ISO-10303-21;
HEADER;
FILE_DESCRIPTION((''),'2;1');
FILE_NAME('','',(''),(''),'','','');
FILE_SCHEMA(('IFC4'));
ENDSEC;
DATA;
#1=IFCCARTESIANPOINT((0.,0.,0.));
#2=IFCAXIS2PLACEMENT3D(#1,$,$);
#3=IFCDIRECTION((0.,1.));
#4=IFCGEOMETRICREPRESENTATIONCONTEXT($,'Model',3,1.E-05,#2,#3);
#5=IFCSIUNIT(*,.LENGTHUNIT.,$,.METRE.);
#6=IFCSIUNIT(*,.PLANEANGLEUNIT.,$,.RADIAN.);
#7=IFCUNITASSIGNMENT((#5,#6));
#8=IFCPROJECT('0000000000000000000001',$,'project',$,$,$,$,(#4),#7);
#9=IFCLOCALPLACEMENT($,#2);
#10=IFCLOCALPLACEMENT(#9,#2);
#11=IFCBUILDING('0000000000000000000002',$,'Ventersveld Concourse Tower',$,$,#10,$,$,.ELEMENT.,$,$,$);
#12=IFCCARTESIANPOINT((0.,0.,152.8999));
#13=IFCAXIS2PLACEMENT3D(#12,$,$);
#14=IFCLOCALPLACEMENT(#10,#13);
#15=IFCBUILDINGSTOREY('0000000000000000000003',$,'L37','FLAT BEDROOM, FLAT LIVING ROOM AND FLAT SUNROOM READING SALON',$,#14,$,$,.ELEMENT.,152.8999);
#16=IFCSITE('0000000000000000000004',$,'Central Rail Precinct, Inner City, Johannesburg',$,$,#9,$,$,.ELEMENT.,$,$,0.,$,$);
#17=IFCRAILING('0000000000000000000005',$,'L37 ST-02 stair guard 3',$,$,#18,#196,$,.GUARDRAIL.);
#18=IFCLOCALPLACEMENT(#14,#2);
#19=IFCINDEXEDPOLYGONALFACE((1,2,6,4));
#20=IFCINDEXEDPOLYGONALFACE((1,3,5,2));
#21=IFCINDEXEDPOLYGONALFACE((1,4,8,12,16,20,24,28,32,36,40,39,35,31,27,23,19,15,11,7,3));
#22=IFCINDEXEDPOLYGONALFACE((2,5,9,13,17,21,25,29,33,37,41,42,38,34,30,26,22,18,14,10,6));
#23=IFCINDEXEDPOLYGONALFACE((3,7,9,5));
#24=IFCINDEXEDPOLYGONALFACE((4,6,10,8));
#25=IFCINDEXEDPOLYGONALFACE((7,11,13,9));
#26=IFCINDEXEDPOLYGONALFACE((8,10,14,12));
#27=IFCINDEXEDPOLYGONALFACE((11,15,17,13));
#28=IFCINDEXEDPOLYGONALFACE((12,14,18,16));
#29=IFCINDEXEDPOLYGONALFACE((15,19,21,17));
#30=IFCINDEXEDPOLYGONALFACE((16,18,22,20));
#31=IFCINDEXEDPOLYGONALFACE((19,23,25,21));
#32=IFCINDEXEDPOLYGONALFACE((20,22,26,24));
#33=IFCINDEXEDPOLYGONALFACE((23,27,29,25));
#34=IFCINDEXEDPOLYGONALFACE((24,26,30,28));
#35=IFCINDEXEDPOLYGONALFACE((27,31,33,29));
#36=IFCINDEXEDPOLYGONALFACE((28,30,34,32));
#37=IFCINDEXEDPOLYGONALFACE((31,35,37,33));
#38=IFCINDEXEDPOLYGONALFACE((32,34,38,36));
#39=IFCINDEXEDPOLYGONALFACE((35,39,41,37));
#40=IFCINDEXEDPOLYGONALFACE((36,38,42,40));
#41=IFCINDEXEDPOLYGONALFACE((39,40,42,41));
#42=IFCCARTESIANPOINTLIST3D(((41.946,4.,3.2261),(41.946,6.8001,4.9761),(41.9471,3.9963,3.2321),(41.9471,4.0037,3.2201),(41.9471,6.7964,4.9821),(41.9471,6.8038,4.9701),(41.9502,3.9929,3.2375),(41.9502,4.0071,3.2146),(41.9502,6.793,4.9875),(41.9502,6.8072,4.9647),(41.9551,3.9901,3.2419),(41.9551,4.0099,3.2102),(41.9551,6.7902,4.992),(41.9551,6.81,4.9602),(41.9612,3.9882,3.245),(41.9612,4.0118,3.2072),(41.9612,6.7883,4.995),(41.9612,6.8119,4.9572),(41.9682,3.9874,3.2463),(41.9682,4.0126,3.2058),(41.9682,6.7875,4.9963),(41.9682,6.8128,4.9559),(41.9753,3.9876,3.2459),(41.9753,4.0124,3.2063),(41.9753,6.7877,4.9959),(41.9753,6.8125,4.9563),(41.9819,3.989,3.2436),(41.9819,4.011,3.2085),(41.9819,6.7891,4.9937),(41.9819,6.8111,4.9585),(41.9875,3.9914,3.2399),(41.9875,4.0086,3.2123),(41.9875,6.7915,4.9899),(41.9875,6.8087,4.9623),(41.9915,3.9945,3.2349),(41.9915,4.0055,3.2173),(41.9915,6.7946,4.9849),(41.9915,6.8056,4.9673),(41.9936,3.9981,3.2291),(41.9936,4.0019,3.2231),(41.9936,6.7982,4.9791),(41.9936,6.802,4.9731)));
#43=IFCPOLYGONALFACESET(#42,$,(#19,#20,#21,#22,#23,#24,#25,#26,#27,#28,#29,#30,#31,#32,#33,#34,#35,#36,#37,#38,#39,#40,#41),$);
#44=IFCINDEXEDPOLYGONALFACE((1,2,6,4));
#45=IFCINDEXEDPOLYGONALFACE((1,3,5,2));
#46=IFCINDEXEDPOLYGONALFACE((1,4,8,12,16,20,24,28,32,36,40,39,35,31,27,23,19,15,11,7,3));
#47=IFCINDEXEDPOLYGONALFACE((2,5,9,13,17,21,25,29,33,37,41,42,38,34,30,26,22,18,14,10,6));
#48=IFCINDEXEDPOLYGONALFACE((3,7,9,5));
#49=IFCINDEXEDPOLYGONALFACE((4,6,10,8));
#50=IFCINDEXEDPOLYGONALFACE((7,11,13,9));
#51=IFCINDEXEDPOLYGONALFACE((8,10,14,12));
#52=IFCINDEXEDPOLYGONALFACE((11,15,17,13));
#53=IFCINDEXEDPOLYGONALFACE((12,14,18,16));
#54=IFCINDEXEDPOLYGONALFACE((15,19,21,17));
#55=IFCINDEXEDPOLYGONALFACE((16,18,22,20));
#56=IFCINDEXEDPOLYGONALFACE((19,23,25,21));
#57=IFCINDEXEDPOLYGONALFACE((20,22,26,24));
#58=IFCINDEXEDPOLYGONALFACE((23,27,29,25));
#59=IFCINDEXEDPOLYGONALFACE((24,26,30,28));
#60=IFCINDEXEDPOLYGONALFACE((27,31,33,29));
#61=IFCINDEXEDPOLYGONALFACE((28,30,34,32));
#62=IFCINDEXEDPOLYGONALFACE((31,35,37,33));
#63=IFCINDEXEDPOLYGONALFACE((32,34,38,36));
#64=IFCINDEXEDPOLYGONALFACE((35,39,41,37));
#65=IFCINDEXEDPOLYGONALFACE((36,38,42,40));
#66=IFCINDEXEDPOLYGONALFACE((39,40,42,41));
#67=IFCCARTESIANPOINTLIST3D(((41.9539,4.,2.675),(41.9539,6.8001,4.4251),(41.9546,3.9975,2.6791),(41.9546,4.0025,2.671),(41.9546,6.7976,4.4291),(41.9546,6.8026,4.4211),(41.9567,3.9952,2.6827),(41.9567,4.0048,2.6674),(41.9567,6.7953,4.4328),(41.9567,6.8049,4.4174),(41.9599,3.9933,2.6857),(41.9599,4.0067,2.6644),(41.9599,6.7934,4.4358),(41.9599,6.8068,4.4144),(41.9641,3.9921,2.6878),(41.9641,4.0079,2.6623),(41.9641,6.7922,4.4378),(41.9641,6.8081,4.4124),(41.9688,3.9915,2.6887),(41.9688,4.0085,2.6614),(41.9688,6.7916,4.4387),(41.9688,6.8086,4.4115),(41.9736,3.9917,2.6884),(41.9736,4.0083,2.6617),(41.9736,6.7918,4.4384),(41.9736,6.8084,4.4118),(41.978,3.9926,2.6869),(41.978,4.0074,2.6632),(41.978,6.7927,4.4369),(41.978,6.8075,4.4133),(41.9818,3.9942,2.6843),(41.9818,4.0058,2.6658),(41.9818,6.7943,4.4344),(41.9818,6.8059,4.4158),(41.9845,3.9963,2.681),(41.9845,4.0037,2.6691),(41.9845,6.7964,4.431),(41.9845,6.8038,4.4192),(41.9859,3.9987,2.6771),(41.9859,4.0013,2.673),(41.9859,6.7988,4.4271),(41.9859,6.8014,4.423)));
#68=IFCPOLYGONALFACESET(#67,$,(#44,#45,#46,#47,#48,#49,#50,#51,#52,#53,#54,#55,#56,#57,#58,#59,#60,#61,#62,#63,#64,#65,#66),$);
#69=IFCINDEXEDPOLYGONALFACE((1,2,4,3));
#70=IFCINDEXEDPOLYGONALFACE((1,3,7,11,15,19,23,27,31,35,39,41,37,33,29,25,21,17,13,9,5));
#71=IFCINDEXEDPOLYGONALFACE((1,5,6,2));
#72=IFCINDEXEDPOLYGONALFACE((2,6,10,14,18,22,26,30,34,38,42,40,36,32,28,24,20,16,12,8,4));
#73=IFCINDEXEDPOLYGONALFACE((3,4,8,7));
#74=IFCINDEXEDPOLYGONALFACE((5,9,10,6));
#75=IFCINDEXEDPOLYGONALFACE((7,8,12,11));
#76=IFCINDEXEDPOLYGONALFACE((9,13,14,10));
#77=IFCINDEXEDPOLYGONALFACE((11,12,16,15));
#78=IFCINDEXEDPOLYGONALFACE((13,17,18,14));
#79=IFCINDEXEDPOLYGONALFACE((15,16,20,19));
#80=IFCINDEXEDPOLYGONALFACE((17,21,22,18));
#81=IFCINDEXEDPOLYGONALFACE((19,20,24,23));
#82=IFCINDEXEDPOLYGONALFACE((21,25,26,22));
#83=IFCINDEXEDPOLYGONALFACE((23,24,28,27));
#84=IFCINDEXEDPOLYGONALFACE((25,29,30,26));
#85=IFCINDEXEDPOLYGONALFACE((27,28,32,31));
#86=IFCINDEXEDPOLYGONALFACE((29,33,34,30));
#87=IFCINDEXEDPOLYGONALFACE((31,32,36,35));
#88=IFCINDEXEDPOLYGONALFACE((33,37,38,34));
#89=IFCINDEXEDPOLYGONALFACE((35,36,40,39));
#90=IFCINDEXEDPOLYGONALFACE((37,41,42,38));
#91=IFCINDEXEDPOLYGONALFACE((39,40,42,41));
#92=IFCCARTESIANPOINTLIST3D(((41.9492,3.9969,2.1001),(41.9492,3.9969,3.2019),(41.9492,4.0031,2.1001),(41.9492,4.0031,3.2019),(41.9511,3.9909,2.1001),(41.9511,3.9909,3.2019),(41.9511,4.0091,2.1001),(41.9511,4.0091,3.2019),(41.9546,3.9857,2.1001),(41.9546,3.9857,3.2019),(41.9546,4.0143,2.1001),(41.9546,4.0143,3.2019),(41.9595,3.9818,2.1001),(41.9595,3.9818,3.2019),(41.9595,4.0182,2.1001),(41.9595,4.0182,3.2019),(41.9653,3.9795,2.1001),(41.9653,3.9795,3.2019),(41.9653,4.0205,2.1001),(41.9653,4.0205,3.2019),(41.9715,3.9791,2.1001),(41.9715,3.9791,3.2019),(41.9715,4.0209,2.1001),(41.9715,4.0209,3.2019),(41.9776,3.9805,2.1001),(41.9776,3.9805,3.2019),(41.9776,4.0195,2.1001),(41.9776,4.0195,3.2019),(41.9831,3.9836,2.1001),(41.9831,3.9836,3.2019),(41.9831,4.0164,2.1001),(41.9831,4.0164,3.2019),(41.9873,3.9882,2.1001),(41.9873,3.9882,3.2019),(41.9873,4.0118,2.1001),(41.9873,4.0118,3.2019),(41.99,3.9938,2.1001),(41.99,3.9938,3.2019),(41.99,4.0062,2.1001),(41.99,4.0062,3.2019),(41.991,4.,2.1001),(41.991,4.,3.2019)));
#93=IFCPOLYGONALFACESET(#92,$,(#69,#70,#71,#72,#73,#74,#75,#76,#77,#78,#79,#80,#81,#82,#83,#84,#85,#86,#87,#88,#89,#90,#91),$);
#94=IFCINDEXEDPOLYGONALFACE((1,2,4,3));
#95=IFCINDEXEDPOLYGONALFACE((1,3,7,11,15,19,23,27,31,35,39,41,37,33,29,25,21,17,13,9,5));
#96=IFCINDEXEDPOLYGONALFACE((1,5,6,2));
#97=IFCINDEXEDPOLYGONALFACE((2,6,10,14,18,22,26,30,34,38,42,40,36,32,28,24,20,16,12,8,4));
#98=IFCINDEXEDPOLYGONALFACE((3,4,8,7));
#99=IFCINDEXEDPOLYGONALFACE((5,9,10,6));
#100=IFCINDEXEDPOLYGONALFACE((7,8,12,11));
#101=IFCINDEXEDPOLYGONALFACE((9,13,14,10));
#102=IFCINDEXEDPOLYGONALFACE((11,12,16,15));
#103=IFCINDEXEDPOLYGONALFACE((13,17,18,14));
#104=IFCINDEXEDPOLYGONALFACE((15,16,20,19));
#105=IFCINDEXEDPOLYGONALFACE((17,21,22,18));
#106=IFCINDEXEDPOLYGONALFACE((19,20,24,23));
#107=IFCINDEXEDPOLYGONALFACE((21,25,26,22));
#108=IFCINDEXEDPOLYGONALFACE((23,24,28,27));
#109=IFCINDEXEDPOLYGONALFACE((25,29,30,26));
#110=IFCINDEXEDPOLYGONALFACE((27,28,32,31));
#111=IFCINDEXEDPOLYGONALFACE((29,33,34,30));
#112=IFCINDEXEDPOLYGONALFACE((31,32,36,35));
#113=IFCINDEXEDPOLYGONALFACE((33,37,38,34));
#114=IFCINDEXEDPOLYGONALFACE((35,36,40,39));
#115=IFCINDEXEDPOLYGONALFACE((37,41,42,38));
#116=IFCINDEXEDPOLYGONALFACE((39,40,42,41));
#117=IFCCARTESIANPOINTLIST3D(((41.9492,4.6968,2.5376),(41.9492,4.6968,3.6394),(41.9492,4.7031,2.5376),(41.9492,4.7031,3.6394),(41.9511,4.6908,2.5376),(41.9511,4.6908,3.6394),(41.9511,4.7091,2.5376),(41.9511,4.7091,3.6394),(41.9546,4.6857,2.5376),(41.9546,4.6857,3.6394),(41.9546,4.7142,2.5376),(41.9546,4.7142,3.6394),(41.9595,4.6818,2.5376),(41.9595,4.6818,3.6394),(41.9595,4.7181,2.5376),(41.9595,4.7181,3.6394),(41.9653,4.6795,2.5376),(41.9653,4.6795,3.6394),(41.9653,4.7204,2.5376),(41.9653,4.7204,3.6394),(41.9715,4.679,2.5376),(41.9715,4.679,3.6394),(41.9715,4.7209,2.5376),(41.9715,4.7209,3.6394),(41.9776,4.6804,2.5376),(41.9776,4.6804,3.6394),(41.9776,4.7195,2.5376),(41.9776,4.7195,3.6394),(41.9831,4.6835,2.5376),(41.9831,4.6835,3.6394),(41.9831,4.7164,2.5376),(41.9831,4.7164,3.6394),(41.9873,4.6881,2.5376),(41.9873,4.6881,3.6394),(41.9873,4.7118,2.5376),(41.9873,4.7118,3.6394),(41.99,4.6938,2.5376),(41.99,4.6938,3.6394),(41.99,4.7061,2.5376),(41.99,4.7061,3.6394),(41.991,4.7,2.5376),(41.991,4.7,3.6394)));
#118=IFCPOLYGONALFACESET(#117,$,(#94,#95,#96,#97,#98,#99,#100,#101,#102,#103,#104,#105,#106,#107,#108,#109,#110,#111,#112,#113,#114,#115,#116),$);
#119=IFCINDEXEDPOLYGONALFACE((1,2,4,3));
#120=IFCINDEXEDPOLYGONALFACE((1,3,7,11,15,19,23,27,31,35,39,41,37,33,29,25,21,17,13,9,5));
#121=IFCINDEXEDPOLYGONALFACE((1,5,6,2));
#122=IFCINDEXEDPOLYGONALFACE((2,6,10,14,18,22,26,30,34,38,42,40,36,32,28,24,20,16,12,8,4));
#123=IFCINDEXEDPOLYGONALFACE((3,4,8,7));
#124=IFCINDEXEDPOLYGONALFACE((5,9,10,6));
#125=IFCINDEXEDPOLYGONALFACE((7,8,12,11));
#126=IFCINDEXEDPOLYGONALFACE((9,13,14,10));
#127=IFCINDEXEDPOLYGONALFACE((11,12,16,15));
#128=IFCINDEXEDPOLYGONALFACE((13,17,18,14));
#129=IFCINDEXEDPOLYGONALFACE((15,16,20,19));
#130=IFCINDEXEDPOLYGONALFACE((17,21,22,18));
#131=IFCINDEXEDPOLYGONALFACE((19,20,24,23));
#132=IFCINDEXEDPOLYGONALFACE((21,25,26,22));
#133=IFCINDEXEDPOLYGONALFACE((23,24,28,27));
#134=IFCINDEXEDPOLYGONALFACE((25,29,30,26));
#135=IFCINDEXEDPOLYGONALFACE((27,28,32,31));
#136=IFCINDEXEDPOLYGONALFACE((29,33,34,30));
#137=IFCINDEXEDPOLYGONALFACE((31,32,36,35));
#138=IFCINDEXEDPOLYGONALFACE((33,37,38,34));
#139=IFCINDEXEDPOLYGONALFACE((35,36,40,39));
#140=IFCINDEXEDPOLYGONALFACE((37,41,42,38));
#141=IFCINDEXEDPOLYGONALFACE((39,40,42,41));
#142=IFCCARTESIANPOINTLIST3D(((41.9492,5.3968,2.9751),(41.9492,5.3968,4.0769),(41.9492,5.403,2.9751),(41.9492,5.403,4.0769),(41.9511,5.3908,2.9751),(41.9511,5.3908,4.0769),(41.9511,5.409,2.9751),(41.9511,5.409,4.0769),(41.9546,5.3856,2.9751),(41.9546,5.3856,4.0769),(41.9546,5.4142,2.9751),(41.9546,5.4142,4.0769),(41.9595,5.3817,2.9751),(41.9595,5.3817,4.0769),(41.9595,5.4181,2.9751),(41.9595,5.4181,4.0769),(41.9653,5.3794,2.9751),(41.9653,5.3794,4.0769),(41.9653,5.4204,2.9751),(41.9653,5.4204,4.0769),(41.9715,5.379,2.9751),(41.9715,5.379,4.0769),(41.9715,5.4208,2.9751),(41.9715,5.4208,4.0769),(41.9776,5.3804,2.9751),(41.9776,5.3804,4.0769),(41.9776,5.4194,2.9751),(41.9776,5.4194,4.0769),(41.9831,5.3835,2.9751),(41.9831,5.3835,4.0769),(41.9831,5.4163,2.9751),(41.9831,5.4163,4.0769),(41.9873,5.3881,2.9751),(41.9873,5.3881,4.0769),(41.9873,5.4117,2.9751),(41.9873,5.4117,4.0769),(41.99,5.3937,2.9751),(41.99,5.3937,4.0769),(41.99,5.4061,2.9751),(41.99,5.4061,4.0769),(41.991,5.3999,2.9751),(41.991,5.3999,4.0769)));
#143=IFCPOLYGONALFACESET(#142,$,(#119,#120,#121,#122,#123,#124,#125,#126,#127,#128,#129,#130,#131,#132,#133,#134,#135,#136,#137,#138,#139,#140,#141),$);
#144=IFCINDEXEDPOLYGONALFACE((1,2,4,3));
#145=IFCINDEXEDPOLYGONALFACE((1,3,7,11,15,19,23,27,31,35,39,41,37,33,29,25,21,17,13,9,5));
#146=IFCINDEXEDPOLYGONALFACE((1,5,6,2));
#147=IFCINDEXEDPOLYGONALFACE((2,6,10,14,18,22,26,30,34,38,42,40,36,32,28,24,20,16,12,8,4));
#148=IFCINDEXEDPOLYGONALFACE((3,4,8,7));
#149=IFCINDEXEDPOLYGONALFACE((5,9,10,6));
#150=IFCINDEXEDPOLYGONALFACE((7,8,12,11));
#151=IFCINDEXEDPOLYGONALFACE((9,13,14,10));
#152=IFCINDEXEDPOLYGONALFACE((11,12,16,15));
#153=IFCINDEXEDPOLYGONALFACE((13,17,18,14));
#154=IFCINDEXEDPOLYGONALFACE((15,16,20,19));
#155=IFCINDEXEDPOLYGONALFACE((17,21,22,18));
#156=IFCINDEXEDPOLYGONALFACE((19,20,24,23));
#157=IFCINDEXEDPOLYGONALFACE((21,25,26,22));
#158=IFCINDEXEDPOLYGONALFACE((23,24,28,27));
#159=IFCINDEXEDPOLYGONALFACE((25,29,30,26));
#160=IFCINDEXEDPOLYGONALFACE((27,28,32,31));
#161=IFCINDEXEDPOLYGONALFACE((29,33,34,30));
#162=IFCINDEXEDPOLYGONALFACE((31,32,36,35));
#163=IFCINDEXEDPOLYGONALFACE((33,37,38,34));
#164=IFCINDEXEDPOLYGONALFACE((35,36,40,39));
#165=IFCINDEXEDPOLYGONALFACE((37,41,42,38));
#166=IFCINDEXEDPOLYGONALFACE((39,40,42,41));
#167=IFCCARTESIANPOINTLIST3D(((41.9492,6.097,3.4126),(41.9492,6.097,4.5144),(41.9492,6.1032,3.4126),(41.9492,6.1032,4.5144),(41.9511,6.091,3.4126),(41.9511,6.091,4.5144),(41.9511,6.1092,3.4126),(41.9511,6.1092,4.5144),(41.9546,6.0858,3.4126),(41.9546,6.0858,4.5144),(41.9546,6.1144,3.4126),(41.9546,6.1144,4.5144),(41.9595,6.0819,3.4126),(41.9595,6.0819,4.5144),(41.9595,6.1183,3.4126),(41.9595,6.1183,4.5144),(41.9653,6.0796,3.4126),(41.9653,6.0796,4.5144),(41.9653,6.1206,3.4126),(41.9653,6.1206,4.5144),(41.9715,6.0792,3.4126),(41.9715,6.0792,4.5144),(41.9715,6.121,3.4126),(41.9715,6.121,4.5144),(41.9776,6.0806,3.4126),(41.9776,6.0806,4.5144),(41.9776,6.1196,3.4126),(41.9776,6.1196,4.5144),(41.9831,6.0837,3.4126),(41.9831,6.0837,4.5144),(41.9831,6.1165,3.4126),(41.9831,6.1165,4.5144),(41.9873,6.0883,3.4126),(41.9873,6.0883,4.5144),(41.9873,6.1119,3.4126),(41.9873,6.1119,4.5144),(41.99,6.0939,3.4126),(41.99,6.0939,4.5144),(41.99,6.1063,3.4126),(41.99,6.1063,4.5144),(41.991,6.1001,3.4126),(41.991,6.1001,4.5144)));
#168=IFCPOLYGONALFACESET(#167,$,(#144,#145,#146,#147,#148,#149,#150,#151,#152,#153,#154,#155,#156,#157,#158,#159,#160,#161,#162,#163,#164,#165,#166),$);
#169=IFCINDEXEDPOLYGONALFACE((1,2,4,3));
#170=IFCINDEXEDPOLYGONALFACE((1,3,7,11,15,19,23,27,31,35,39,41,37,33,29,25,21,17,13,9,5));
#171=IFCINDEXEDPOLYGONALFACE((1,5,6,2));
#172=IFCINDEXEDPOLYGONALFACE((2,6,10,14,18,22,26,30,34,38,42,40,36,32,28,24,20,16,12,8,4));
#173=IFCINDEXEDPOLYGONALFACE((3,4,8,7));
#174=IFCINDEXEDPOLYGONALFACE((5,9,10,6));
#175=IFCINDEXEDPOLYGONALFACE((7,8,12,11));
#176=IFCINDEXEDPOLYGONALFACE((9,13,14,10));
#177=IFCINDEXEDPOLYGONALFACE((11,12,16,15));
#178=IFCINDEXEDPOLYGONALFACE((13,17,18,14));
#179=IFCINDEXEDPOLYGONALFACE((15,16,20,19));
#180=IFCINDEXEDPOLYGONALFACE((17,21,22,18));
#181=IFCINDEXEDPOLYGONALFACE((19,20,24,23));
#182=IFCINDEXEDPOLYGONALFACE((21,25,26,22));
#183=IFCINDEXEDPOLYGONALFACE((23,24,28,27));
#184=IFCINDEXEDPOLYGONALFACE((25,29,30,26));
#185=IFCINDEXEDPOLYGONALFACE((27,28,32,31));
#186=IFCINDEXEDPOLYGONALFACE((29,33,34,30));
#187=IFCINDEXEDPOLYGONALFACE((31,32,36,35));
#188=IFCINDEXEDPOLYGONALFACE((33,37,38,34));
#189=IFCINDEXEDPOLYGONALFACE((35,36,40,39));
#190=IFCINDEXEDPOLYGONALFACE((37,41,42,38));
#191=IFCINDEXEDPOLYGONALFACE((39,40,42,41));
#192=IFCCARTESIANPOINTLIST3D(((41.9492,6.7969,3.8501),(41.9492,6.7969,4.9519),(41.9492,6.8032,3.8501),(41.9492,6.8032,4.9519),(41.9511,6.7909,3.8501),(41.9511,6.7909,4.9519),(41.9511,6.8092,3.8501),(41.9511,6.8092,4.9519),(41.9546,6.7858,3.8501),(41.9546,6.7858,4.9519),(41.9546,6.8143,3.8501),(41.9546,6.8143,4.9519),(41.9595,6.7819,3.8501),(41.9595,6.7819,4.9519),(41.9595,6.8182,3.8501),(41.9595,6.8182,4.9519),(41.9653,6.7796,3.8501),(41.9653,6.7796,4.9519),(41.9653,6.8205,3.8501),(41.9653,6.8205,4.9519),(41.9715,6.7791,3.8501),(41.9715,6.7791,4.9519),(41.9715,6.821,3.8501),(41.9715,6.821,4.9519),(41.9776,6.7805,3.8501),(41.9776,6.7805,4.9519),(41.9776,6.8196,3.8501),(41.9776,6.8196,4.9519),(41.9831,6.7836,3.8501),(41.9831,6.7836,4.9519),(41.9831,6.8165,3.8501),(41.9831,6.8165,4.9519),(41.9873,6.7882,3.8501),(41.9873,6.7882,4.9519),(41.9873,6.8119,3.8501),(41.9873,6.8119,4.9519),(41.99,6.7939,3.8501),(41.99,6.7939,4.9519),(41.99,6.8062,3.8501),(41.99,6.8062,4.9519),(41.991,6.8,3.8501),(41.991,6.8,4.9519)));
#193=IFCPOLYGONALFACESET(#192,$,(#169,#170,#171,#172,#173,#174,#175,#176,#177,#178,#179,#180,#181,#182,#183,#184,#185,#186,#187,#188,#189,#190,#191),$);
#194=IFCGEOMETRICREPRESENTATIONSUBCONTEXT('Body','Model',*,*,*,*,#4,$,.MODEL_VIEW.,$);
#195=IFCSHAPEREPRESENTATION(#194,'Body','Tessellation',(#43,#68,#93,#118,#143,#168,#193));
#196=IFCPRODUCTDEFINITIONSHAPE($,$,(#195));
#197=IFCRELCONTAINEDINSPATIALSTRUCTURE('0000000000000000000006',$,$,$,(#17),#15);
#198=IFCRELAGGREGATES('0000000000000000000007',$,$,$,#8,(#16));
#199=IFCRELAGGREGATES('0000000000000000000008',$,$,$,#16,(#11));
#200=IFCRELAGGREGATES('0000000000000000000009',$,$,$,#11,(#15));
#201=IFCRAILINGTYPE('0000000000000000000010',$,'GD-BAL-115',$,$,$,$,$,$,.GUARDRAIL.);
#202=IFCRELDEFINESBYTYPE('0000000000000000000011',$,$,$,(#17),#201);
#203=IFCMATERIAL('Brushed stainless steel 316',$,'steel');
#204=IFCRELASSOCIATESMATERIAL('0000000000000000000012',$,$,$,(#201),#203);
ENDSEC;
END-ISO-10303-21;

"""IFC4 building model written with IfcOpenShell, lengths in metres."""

from ifc_helpers import new_model, si_unit, direction, frame, origin, origin_2d, place, context, subcontext, project, spatial, circle, extrude, material, type_object, element, save


model = new_model("IFC4")

# Units and contexts
model_context = context("Model", 3, precision=1e-05, world=origin(), true_north=direction((0.0, 1.0)))
body_context = subcontext(model_context, "Body", "Model", "MODEL_VIEW")
ifc_project = project(units=[si_unit("LENGTHUNIT", "METRE"), si_unit("PLANEANGLEUNIT", "RADIAN")], contexts=[model_context])

# Site, building, storey
site_placement = place(None, origin())
site = spatial("IfcSite", under=ifc_project, at=site_placement, Name="Central Rail Precinct, Inner City, Johannesburg", CompositionType="ELEMENT", RefElevation=0.0)
building_placement = place(site_placement, origin())
building = spatial("IfcBuilding", under=site, at=building_placement, Name="Ventersveld Concourse Tower", CompositionType="ELEMENT")
storey_placement = place(building_placement, frame((0.0, 0.0, 152.8999)))
storey = spatial("IfcBuildingStorey", under=building, at=storey_placement, Name="L37", Description="FLAT BEDROOM, FLAT LIVING ROOM AND FLAT SUNROOM READING SALON", CompositionType="ELEMENT", Elevation=152.8999)

# Railing
ifc_material_1 = material(Name="Brushed stainless steel 316", Category="steel")
railing_type_1 = type_object("IfcRailingType", Name="GD-BAL-115", PredefinedType="GUARDRAIL", material=ifc_material_1)
railing_1_placement = place(storey_placement, frame((41.97, 4.0, 2.1001)))
element("IfcRailing", 1, at=railing_1_placement, inside=storey, type_object=railing_type_1, Name="L37 ST-02 stair guard 3", PredefinedType="GUARDRAIL", context=body_context, shape_type="SweptSolid", body=[
    extrude(circle(Radius=0.0239, at=origin_2d()), frame((0.0, 0.0, 1.126), z_axis=(0.0, 0.848002, 0.529992), x_axis=(-1.0, 0.0, 0.0)), (0.0, 0.0, 1.0), 3.302),
    extrude(circle(Radius=0.0161, at=origin_2d()), frame((0.0, 0.0, 0.575), z_axis=(0.0, 0.848002, 0.529992), x_axis=(-1.0, 0.0, 0.0)), (0.0, 0.0, 1.0), 3.302),
    extrude(circle(Radius=0.021, at=origin_2d()), origin(), (0.0, 0.0, 1.0), 1.1018),
    extrude(circle(Radius=0.021, at=origin_2d()), frame((0.0, 0.7, 0.4375)), (0.0, 0.0, 1.0), 1.1018),
    extrude(circle(Radius=0.021, at=origin_2d()), frame((0.0, 1.3999, 0.875)), (0.0, 0.0, 1.0), 1.1018),
    extrude(circle(Radius=0.021, at=origin_2d()), frame((0.0, 2.1001, 1.3125)), (0.0, 0.0, 1.0), 1.1018),
    extrude(circle(Radius=0.021, at=origin_2d()), frame((0.0, 2.8, 1.75)), (0.0, 0.0, 1.0), 1.1018),
])

save(model, "model.ifc")
